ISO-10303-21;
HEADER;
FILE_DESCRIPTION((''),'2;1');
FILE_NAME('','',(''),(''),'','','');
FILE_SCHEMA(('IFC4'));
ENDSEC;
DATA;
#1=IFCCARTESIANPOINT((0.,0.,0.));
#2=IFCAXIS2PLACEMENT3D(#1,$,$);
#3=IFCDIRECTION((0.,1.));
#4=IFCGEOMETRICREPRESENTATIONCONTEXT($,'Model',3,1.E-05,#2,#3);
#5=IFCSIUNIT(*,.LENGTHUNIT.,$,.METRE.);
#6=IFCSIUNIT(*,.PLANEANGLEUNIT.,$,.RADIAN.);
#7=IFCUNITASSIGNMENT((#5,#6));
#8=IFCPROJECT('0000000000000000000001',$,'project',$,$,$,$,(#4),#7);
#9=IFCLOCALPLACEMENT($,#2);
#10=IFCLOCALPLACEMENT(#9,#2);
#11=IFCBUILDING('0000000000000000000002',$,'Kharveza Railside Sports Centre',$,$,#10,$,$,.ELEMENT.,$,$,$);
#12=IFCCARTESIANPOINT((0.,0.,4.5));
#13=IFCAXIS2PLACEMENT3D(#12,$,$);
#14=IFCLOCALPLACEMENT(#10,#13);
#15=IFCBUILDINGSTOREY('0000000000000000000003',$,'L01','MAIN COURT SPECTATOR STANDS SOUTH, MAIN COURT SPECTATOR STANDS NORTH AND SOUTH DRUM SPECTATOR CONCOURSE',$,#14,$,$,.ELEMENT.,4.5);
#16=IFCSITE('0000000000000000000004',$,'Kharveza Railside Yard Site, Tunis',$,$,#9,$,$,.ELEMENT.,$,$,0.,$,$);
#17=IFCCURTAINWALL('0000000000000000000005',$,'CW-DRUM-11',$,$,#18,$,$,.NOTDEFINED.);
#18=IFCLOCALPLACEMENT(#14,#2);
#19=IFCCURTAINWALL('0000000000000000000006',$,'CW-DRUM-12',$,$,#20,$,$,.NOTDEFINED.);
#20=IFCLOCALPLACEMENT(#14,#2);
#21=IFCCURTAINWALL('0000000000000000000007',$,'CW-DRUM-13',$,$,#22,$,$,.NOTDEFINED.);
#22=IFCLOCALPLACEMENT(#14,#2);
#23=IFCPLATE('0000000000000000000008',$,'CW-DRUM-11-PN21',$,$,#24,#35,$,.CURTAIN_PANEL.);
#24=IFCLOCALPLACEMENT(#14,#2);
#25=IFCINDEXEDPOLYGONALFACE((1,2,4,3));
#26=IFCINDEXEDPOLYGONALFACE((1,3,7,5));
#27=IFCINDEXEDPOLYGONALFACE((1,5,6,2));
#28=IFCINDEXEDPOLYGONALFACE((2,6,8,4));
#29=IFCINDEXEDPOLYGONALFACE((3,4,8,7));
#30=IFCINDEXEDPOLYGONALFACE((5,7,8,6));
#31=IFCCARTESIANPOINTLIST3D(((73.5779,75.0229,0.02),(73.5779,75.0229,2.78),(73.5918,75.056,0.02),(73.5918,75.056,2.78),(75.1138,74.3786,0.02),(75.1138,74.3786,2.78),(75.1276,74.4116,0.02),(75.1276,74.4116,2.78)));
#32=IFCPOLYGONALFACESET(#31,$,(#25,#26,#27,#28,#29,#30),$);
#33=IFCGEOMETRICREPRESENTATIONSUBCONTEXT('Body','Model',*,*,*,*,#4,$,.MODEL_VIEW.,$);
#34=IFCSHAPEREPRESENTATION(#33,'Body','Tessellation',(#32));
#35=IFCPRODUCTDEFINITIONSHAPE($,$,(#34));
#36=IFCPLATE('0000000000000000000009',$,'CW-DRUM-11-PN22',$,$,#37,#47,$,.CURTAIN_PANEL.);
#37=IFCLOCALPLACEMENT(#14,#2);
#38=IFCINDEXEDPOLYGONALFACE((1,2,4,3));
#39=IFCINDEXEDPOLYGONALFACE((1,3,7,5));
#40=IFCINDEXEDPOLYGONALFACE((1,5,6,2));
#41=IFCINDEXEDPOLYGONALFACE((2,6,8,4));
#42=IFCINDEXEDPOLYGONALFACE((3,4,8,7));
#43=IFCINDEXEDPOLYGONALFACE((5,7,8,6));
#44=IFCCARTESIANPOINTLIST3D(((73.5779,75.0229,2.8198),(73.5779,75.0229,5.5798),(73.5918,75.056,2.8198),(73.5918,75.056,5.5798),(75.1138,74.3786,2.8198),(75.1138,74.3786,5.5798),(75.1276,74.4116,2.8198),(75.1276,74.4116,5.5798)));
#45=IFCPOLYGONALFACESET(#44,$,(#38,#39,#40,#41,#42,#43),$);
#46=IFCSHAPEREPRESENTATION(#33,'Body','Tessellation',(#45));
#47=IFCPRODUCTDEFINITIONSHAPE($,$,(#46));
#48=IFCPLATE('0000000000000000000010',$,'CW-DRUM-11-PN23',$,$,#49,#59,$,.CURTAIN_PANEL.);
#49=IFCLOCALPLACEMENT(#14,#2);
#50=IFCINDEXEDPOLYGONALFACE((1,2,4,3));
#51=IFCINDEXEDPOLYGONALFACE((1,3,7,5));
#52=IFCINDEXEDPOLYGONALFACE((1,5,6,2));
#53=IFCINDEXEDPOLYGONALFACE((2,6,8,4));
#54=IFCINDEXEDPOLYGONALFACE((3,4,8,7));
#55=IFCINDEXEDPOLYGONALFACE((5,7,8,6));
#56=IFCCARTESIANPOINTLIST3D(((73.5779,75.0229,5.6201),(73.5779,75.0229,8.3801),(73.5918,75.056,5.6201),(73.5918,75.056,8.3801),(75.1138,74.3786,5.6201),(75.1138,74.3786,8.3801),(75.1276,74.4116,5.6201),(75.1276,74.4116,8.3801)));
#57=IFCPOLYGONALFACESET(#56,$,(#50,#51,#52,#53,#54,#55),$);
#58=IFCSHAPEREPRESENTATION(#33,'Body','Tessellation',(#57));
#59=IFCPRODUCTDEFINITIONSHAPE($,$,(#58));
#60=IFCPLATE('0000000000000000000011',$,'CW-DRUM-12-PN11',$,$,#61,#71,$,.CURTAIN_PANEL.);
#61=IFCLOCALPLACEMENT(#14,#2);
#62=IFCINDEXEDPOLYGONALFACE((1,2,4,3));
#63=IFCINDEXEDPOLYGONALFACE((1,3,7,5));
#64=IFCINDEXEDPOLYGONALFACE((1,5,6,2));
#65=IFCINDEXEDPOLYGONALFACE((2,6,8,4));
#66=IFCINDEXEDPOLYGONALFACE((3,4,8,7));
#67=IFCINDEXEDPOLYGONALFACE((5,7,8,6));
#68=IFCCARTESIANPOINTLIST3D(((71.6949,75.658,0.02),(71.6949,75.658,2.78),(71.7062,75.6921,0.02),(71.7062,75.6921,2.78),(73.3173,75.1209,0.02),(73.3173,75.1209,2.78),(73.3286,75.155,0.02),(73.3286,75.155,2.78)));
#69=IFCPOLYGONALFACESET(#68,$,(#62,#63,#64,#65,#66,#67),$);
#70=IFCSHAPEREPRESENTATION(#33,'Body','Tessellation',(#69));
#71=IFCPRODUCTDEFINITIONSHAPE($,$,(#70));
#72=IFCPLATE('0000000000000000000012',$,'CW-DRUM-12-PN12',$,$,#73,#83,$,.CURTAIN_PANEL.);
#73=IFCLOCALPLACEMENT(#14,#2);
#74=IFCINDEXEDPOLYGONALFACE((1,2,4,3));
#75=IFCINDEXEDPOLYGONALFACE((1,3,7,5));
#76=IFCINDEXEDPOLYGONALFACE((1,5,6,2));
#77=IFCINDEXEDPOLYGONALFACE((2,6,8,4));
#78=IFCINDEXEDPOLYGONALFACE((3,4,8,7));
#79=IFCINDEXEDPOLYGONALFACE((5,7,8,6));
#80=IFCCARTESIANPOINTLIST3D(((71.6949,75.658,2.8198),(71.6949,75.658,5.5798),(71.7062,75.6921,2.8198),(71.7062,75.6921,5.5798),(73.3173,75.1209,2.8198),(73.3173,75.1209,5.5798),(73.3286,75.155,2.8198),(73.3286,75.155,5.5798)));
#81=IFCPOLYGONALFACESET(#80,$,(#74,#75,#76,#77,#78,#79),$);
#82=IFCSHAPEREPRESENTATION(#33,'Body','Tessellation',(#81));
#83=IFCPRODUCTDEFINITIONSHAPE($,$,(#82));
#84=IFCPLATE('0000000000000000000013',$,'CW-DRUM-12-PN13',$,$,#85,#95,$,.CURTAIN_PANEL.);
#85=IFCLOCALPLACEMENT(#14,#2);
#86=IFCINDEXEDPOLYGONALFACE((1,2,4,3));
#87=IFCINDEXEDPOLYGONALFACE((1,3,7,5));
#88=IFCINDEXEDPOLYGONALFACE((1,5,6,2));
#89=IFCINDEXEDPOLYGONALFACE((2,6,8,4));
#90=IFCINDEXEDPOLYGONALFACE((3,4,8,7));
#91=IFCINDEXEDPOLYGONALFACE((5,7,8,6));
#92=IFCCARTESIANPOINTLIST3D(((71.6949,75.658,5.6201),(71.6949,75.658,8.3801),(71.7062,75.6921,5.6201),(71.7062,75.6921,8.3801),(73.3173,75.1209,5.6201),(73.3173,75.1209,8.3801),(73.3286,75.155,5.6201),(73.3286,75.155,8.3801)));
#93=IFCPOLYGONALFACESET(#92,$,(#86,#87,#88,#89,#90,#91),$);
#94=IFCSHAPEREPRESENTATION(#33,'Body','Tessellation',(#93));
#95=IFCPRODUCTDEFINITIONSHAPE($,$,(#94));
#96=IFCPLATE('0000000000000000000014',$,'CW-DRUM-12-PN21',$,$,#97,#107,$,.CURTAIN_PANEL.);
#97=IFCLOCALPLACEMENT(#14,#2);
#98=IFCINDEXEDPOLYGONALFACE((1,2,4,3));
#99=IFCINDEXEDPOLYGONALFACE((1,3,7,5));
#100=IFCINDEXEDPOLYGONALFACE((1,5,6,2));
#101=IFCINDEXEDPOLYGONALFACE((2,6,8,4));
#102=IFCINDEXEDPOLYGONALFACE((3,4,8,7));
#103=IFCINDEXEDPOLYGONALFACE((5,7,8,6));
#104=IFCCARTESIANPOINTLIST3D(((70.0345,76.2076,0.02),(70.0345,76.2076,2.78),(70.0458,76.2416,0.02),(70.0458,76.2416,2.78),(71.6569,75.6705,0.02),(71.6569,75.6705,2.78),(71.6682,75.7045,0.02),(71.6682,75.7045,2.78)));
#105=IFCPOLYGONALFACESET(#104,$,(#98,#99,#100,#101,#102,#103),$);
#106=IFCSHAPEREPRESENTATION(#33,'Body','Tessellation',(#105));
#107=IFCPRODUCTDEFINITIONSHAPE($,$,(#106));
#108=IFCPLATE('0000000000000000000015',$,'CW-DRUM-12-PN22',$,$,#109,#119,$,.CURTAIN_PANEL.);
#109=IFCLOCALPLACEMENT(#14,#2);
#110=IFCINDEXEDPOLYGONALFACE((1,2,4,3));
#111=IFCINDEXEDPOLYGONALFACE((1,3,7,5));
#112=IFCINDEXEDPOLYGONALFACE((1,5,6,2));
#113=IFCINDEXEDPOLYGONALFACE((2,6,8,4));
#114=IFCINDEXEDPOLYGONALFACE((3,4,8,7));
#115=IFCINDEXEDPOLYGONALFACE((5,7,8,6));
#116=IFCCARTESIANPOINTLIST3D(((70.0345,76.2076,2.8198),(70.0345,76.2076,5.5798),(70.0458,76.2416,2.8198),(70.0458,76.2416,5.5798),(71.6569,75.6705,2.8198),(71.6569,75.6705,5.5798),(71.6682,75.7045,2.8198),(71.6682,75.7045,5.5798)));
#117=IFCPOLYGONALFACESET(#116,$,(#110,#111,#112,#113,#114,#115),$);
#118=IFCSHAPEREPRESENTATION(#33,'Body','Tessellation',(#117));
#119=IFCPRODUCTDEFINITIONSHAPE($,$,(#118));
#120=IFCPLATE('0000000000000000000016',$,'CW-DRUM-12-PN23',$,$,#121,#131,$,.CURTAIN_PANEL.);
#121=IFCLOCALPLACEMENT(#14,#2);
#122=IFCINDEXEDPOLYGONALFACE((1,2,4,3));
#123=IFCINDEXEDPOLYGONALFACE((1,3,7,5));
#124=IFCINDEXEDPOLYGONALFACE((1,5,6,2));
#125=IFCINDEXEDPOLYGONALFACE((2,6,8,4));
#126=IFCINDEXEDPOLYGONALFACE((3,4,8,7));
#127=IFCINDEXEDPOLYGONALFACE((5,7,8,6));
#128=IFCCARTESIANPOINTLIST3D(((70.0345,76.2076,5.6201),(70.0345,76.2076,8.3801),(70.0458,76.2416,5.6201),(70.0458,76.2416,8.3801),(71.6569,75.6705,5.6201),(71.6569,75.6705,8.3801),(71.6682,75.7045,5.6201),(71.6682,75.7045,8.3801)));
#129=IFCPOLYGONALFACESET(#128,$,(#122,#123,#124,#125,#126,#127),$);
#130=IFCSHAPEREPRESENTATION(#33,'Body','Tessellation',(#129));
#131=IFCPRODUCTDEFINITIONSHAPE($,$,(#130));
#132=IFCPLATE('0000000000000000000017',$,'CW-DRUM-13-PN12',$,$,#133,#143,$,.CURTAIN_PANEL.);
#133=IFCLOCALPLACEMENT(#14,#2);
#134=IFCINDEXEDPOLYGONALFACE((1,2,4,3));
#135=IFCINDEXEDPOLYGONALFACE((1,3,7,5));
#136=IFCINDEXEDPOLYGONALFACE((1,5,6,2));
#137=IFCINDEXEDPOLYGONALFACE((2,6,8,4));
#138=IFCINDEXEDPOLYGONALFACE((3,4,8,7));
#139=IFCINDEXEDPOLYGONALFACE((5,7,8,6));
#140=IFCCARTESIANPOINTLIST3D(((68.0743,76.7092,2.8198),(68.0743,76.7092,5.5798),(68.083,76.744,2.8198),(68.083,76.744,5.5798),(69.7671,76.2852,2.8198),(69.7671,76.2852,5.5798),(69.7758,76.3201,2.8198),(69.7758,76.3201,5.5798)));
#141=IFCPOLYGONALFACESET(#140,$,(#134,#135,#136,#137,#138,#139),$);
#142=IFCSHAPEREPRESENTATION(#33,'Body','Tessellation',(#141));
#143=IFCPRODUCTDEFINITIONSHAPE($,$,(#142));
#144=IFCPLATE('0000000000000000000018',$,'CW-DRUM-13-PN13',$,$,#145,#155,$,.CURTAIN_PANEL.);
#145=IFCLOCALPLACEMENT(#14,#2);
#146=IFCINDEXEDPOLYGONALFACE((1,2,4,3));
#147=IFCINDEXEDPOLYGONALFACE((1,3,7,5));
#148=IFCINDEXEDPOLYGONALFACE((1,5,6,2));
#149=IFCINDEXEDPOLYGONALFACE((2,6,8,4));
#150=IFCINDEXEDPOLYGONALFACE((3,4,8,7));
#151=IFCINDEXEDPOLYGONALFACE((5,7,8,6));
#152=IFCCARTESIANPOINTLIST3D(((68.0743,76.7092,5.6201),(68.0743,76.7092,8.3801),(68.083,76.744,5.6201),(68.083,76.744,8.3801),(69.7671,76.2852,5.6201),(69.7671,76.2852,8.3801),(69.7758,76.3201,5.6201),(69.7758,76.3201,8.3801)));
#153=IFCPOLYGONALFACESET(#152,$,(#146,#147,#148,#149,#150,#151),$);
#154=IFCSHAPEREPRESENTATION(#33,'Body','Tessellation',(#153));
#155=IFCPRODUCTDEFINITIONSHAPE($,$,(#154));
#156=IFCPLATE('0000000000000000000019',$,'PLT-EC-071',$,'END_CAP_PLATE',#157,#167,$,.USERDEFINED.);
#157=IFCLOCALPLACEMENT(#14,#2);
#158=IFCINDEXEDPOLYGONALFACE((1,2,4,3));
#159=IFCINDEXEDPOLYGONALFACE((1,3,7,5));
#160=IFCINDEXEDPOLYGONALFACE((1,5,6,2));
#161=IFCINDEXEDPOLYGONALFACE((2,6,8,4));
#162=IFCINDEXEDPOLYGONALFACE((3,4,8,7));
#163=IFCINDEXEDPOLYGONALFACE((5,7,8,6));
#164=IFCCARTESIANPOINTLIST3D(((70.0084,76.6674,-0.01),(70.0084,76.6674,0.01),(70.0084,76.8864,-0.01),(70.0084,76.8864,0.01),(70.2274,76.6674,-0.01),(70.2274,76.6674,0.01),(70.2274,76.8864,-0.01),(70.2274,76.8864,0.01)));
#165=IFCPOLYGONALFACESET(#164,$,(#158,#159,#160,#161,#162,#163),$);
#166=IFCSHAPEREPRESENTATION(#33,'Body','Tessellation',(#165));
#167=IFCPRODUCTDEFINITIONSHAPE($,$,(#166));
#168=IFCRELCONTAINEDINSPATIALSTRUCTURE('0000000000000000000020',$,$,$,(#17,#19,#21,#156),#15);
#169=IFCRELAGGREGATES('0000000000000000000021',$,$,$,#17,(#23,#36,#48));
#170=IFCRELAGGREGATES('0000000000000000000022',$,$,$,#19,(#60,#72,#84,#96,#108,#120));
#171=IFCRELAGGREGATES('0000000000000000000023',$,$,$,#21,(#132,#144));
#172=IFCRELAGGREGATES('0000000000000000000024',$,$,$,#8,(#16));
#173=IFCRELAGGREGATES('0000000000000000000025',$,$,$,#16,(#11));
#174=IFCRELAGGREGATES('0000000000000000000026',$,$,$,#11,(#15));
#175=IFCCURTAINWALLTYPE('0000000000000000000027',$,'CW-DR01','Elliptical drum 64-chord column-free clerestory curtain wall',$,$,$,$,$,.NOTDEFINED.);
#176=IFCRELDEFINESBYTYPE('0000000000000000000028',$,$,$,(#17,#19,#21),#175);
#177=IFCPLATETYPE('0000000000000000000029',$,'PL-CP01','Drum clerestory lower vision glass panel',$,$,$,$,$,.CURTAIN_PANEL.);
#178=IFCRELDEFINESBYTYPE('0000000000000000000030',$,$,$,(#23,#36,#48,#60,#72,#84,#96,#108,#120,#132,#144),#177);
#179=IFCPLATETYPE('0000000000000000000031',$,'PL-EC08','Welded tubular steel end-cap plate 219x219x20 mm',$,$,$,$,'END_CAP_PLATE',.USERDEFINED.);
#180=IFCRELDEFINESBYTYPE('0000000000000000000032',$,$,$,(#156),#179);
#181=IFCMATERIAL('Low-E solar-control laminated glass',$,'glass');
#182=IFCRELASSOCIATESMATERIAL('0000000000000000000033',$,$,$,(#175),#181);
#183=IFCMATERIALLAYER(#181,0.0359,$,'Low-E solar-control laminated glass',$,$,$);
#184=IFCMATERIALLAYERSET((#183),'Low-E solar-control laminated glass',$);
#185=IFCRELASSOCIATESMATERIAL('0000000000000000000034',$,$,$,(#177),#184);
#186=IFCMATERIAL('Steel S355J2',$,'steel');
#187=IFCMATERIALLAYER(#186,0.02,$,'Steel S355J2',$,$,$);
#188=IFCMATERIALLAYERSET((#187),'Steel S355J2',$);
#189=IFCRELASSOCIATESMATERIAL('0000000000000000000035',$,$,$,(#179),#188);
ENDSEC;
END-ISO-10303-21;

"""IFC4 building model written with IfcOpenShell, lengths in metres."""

from ifc_helpers import new_model, si_unit, direction, frame, origin, origin_2d, place, context, subcontext, project, spatial, rectangle, extrude, material, layer, layer_set, type_object, element, aggregate, save


model = new_model("IFC4")

# Units and contexts
model_context = context("Model", 3, precision=1e-05, world=origin(), true_north=direction((0.0, 1.0)))
body_context = subcontext(model_context, "Body", "Model", "MODEL_VIEW")
ifc_project = project(units=[si_unit("LENGTHUNIT", "METRE"), si_unit("PLANEANGLEUNIT", "RADIAN")], contexts=[model_context])

# Site, building, storey
site_placement = place(None, origin())
site = spatial("IfcSite", under=ifc_project, at=site_placement, Name="Kharveza Railside Yard Site, Tunis", CompositionType="ELEMENT", RefElevation=0.0)
building_placement = place(site_placement, origin())
building = spatial("IfcBuilding", under=site, at=building_placement, Name="Kharveza Railside Sports Centre", CompositionType="ELEMENT")
storey_placement = place(building_placement, frame((0.0, 0.0, 4.5)))
storey = spatial("IfcBuildingStorey", under=building, at=storey_placement, Name="L01", Description="MAIN COURT SPECTATOR STANDS SOUTH, MAIN COURT SPECTATOR STANDS NORTH AND SOUTH DRUM SPECTATOR CONCOURSE", CompositionType="ELEMENT", Elevation=4.5)

# Curtain walls
ifc_material_1 = material(Name="Low-E solar-control laminated glass", Category="glass")
curtain_wall_type = type_object("IfcCurtainWallType", Name="CW-DR01", Description="Elliptical drum 64-chord column-free clerestory curtain wall", PredefinedType="NOTDEFINED", material=ifc_material_1)
curtain_wall_1_placement = place(storey_placement, origin())
curtain_wall_1 = element("IfcCurtainWall", 1, at=curtain_wall_1_placement, inside=storey, type_object=curtain_wall_type, Name="CW-DRUM-11", PredefinedType="NOTDEFINED")
curtain_wall_2_placement = place(storey_placement, origin())
curtain_wall_2 = element("IfcCurtainWall", 2, at=curtain_wall_2_placement, inside=storey, type_object=curtain_wall_type, Name="CW-DRUM-12", PredefinedType="NOTDEFINED")

# Curtain wall
curtain_wall_3_placement = place(storey_placement, origin())
curtain_wall_3 = element("IfcCurtainWall", 3, at=curtain_wall_3_placement, inside=storey, type_object=curtain_wall_type, Name="CW-DRUM-13", PredefinedType="NOTDEFINED")

# Shared definitions
ifc_material_2 = material(Name="Steel S355J2", Category="steel")

# Plates
ifc_layer_1 = layer(ifc_material_1, 0.0359, Name="Low-E solar-control laminated glass")
ifc_layer_set_1 = layer_set([ifc_layer_1], Name="Low-E solar-control laminated glass")
plate_type_1 = type_object("IfcPlateType", Name="PL-CP01", Description="Drum clerestory lower vision glass panel", PredefinedType="CURTAIN_PANEL", material=ifc_layer_set_1)
plate_1_placement = place(storey_placement, frame((74.3528, 74.7173, 0.02), z_axis=(0.0, 0.0, 1.0), x_axis=(-0.922127, 0.386888, 0.0)))
plate_1 = element("IfcPlate", 4, at=plate_1_placement, type_object=plate_type_1, Name="CW-DRUM-11-PN21", PredefinedType="CURTAIN_PANEL", context=body_context, shape_type="SweptSolid", body=[
    extrude(rectangle(XDim=1.6655, YDim=0.0359, at=origin_2d()), origin(), (0.0, 0.0, 1.0), 2.76),
])
plate_2_placement = place(storey_placement, frame((74.3528, 74.7173, 2.8198), z_axis=(0.0, 0.0, 1.0), x_axis=(-0.922127, 0.386888, 0.0)))
plate_2 = element("IfcPlate", 5, at=plate_2_placement, type_object=plate_type_1, Name="CW-DRUM-11-PN22", PredefinedType="CURTAIN_PANEL", context=body_context, shape_type="SweptSolid", body=[
    extrude(rectangle(XDim=1.6655, YDim=0.0359, at=origin_2d()), origin(), (0.0, 0.0, 1.0), 2.76),
])
plate_3_placement = place(storey_placement, frame((74.3528, 74.7173, 5.6201), z_axis=(0.0, 0.0, 1.0), x_axis=(-0.922127, 0.386888, 0.0)))
plate_3 = element("IfcPlate", 6, at=plate_3_placement, type_object=plate_type_1, Name="CW-DRUM-11-PN23", PredefinedType="CURTAIN_PANEL", context=body_context, shape_type="SweptSolid", body=[
    extrude(rectangle(XDim=1.6655, YDim=0.0359, at=origin_2d()), origin(), (0.0, 0.0, 1.0), 2.76),
])
aggregate(curtain_wall_1, [plate_1, plate_2, plate_3])
plate_4_placement = place(storey_placement, frame((72.5117, 75.4065, 0.02), z_axis=(0.0, 0.0, 1.0), x_axis=(-0.949327, 0.314291, 0.0)))
plate_4 = element("IfcPlate", 7, at=plate_4_placement, type_object=plate_type_1, Name="CW-DRUM-12-PN11", PredefinedType="CURTAIN_PANEL", context=body_context, shape_type="SweptSolid", body=[
    extrude(rectangle(XDim=1.709, YDim=0.0359, at=origin_2d()), origin(), (0.0, 0.0, 1.0), 2.76),
])
plate_5_placement = place(storey_placement, frame((72.5117, 75.4065, 2.8198), z_axis=(0.0, 0.0, 1.0), x_axis=(-0.949327, 0.314291, 0.0)))
plate_5 = element("IfcPlate", 8, at=plate_5_placement, type_object=plate_type_1, Name="CW-DRUM-12-PN12", PredefinedType="CURTAIN_PANEL", context=body_context, shape_type="SweptSolid", body=[
    extrude(rectangle(XDim=1.709, YDim=0.0359, at=origin_2d()), origin(), (0.0, 0.0, 1.0), 2.76),
])
plate_6_placement = place(storey_placement, frame((72.5117, 75.4065, 5.6201), z_axis=(0.0, 0.0, 1.0), x_axis=(-0.949327, 0.314291, 0.0)))
plate_6 = element("IfcPlate", 9, at=plate_6_placement, type_object=plate_type_1, Name="CW-DRUM-12-PN13", PredefinedType="CURTAIN_PANEL", context=body_context, shape_type="SweptSolid", body=[
    extrude(rectangle(XDim=1.709, YDim=0.0359, at=origin_2d()), origin(), (0.0, 0.0, 1.0), 2.76),
])
plate_7_placement = place(storey_placement, frame((70.8513, 75.9561, 0.02), z_axis=(0.0, 0.0, 1.0), x_axis=(-0.949327, 0.314291, 0.0)))
plate_7 = element("IfcPlate", 10, at=plate_7_placement, type_object=plate_type_1, Name="CW-DRUM-12-PN21", PredefinedType="CURTAIN_PANEL", context=body_context, shape_type="SweptSolid", body=[
    extrude(rectangle(XDim=1.709, YDim=0.0359, at=origin_2d()), origin(), (0.0, 0.0, 1.0), 2.76),
])
plate_8_placement = place(storey_placement, frame((70.8513, 75.9561, 2.8198), z_axis=(0.0, 0.0, 1.0), x_axis=(-0.949327, 0.314291, 0.0)))
plate_8 = element("IfcPlate", 11, at=plate_8_placement, type_object=plate_type_1, Name="CW-DRUM-12-PN22", PredefinedType="CURTAIN_PANEL", context=body_context, shape_type="SweptSolid", body=[
    extrude(rectangle(XDim=1.709, YDim=0.0359, at=origin_2d()), origin(), (0.0, 0.0, 1.0), 2.76),
])
plate_9_placement = place(storey_placement, frame((70.8513, 75.9561, 5.6201), z_axis=(0.0, 0.0, 1.0), x_axis=(-0.949327, 0.314291, 0.0)))
plate_9 = element("IfcPlate", 12, at=plate_9_placement, type_object=plate_type_1, Name="CW-DRUM-12-PN23", PredefinedType="CURTAIN_PANEL", context=body_context, shape_type="SweptSolid", body=[
    extrude(rectangle(XDim=1.709, YDim=0.0359, at=origin_2d()), origin(), (0.0, 0.0, 1.0), 2.76),
])
aggregate(curtain_wall_2, [plate_4, plate_5, plate_6, plate_7, plate_8, plate_9])
plate_10_placement = place(storey_placement, frame((68.925, 76.5146, 2.8198), z_axis=(0.0, 0.0, 1.0), x_axis=(-0.970038, 0.242955, 0.0)))
plate_10 = element("IfcPlate", 13, at=plate_10_placement, type_object=plate_type_1, Name="CW-DRUM-13-PN12", PredefinedType="CURTAIN_PANEL", context=body_context, shape_type="SweptSolid", body=[
    extrude(rectangle(XDim=1.7451, YDim=0.0359, at=origin_2d()), origin(), (0.0, 0.0, 1.0), 2.76),
])
plate_11_placement = place(storey_placement, frame((68.925, 76.5146, 5.6201), z_axis=(0.0, 0.0, 1.0), x_axis=(-0.970038, 0.242955, 0.0)))
plate_11 = element("IfcPlate", 14, at=plate_11_placement, type_object=plate_type_1, Name="CW-DRUM-13-PN13", PredefinedType="CURTAIN_PANEL", context=body_context, shape_type="SweptSolid", body=[
    extrude(rectangle(XDim=1.7451, YDim=0.0359, at=origin_2d()), origin(), (0.0, 0.0, 1.0), 2.76),
])
aggregate(curtain_wall_3, [plate_10, plate_11])
ifc_layer_2 = layer(ifc_material_2, 0.02, Name="Steel S355J2")
ifc_layer_set_2 = layer_set([ifc_layer_2], Name="Steel S355J2")
plate_type_2 = type_object("IfcPlateType", Name="PL-EC08", Description="Welded tubular steel end-cap plate 219x219x20 mm", ElementType="END_CAP_PLATE", PredefinedType="USERDEFINED", material=ifc_layer_set_2)
plate_12_placement = place(storey_placement, frame((70.1179, 76.7769, -0.01), z_axis=(0.0, 0.0, 1.0), x_axis=(1.0, 0.0, 0.0)))
element("IfcPlate", 15, at=plate_12_placement, inside=storey, type_object=plate_type_2, Name="PLT-EC-071", ObjectType="END_CAP_PLATE", PredefinedType="USERDEFINED", context=body_context, shape_type="SweptSolid", body=[
    extrude(rectangle(XDim=0.219, YDim=0.219, at=origin_2d()), origin(), (0.0, 0.0, 1.0), 0.02),
])

save(model, "model.ifc")
